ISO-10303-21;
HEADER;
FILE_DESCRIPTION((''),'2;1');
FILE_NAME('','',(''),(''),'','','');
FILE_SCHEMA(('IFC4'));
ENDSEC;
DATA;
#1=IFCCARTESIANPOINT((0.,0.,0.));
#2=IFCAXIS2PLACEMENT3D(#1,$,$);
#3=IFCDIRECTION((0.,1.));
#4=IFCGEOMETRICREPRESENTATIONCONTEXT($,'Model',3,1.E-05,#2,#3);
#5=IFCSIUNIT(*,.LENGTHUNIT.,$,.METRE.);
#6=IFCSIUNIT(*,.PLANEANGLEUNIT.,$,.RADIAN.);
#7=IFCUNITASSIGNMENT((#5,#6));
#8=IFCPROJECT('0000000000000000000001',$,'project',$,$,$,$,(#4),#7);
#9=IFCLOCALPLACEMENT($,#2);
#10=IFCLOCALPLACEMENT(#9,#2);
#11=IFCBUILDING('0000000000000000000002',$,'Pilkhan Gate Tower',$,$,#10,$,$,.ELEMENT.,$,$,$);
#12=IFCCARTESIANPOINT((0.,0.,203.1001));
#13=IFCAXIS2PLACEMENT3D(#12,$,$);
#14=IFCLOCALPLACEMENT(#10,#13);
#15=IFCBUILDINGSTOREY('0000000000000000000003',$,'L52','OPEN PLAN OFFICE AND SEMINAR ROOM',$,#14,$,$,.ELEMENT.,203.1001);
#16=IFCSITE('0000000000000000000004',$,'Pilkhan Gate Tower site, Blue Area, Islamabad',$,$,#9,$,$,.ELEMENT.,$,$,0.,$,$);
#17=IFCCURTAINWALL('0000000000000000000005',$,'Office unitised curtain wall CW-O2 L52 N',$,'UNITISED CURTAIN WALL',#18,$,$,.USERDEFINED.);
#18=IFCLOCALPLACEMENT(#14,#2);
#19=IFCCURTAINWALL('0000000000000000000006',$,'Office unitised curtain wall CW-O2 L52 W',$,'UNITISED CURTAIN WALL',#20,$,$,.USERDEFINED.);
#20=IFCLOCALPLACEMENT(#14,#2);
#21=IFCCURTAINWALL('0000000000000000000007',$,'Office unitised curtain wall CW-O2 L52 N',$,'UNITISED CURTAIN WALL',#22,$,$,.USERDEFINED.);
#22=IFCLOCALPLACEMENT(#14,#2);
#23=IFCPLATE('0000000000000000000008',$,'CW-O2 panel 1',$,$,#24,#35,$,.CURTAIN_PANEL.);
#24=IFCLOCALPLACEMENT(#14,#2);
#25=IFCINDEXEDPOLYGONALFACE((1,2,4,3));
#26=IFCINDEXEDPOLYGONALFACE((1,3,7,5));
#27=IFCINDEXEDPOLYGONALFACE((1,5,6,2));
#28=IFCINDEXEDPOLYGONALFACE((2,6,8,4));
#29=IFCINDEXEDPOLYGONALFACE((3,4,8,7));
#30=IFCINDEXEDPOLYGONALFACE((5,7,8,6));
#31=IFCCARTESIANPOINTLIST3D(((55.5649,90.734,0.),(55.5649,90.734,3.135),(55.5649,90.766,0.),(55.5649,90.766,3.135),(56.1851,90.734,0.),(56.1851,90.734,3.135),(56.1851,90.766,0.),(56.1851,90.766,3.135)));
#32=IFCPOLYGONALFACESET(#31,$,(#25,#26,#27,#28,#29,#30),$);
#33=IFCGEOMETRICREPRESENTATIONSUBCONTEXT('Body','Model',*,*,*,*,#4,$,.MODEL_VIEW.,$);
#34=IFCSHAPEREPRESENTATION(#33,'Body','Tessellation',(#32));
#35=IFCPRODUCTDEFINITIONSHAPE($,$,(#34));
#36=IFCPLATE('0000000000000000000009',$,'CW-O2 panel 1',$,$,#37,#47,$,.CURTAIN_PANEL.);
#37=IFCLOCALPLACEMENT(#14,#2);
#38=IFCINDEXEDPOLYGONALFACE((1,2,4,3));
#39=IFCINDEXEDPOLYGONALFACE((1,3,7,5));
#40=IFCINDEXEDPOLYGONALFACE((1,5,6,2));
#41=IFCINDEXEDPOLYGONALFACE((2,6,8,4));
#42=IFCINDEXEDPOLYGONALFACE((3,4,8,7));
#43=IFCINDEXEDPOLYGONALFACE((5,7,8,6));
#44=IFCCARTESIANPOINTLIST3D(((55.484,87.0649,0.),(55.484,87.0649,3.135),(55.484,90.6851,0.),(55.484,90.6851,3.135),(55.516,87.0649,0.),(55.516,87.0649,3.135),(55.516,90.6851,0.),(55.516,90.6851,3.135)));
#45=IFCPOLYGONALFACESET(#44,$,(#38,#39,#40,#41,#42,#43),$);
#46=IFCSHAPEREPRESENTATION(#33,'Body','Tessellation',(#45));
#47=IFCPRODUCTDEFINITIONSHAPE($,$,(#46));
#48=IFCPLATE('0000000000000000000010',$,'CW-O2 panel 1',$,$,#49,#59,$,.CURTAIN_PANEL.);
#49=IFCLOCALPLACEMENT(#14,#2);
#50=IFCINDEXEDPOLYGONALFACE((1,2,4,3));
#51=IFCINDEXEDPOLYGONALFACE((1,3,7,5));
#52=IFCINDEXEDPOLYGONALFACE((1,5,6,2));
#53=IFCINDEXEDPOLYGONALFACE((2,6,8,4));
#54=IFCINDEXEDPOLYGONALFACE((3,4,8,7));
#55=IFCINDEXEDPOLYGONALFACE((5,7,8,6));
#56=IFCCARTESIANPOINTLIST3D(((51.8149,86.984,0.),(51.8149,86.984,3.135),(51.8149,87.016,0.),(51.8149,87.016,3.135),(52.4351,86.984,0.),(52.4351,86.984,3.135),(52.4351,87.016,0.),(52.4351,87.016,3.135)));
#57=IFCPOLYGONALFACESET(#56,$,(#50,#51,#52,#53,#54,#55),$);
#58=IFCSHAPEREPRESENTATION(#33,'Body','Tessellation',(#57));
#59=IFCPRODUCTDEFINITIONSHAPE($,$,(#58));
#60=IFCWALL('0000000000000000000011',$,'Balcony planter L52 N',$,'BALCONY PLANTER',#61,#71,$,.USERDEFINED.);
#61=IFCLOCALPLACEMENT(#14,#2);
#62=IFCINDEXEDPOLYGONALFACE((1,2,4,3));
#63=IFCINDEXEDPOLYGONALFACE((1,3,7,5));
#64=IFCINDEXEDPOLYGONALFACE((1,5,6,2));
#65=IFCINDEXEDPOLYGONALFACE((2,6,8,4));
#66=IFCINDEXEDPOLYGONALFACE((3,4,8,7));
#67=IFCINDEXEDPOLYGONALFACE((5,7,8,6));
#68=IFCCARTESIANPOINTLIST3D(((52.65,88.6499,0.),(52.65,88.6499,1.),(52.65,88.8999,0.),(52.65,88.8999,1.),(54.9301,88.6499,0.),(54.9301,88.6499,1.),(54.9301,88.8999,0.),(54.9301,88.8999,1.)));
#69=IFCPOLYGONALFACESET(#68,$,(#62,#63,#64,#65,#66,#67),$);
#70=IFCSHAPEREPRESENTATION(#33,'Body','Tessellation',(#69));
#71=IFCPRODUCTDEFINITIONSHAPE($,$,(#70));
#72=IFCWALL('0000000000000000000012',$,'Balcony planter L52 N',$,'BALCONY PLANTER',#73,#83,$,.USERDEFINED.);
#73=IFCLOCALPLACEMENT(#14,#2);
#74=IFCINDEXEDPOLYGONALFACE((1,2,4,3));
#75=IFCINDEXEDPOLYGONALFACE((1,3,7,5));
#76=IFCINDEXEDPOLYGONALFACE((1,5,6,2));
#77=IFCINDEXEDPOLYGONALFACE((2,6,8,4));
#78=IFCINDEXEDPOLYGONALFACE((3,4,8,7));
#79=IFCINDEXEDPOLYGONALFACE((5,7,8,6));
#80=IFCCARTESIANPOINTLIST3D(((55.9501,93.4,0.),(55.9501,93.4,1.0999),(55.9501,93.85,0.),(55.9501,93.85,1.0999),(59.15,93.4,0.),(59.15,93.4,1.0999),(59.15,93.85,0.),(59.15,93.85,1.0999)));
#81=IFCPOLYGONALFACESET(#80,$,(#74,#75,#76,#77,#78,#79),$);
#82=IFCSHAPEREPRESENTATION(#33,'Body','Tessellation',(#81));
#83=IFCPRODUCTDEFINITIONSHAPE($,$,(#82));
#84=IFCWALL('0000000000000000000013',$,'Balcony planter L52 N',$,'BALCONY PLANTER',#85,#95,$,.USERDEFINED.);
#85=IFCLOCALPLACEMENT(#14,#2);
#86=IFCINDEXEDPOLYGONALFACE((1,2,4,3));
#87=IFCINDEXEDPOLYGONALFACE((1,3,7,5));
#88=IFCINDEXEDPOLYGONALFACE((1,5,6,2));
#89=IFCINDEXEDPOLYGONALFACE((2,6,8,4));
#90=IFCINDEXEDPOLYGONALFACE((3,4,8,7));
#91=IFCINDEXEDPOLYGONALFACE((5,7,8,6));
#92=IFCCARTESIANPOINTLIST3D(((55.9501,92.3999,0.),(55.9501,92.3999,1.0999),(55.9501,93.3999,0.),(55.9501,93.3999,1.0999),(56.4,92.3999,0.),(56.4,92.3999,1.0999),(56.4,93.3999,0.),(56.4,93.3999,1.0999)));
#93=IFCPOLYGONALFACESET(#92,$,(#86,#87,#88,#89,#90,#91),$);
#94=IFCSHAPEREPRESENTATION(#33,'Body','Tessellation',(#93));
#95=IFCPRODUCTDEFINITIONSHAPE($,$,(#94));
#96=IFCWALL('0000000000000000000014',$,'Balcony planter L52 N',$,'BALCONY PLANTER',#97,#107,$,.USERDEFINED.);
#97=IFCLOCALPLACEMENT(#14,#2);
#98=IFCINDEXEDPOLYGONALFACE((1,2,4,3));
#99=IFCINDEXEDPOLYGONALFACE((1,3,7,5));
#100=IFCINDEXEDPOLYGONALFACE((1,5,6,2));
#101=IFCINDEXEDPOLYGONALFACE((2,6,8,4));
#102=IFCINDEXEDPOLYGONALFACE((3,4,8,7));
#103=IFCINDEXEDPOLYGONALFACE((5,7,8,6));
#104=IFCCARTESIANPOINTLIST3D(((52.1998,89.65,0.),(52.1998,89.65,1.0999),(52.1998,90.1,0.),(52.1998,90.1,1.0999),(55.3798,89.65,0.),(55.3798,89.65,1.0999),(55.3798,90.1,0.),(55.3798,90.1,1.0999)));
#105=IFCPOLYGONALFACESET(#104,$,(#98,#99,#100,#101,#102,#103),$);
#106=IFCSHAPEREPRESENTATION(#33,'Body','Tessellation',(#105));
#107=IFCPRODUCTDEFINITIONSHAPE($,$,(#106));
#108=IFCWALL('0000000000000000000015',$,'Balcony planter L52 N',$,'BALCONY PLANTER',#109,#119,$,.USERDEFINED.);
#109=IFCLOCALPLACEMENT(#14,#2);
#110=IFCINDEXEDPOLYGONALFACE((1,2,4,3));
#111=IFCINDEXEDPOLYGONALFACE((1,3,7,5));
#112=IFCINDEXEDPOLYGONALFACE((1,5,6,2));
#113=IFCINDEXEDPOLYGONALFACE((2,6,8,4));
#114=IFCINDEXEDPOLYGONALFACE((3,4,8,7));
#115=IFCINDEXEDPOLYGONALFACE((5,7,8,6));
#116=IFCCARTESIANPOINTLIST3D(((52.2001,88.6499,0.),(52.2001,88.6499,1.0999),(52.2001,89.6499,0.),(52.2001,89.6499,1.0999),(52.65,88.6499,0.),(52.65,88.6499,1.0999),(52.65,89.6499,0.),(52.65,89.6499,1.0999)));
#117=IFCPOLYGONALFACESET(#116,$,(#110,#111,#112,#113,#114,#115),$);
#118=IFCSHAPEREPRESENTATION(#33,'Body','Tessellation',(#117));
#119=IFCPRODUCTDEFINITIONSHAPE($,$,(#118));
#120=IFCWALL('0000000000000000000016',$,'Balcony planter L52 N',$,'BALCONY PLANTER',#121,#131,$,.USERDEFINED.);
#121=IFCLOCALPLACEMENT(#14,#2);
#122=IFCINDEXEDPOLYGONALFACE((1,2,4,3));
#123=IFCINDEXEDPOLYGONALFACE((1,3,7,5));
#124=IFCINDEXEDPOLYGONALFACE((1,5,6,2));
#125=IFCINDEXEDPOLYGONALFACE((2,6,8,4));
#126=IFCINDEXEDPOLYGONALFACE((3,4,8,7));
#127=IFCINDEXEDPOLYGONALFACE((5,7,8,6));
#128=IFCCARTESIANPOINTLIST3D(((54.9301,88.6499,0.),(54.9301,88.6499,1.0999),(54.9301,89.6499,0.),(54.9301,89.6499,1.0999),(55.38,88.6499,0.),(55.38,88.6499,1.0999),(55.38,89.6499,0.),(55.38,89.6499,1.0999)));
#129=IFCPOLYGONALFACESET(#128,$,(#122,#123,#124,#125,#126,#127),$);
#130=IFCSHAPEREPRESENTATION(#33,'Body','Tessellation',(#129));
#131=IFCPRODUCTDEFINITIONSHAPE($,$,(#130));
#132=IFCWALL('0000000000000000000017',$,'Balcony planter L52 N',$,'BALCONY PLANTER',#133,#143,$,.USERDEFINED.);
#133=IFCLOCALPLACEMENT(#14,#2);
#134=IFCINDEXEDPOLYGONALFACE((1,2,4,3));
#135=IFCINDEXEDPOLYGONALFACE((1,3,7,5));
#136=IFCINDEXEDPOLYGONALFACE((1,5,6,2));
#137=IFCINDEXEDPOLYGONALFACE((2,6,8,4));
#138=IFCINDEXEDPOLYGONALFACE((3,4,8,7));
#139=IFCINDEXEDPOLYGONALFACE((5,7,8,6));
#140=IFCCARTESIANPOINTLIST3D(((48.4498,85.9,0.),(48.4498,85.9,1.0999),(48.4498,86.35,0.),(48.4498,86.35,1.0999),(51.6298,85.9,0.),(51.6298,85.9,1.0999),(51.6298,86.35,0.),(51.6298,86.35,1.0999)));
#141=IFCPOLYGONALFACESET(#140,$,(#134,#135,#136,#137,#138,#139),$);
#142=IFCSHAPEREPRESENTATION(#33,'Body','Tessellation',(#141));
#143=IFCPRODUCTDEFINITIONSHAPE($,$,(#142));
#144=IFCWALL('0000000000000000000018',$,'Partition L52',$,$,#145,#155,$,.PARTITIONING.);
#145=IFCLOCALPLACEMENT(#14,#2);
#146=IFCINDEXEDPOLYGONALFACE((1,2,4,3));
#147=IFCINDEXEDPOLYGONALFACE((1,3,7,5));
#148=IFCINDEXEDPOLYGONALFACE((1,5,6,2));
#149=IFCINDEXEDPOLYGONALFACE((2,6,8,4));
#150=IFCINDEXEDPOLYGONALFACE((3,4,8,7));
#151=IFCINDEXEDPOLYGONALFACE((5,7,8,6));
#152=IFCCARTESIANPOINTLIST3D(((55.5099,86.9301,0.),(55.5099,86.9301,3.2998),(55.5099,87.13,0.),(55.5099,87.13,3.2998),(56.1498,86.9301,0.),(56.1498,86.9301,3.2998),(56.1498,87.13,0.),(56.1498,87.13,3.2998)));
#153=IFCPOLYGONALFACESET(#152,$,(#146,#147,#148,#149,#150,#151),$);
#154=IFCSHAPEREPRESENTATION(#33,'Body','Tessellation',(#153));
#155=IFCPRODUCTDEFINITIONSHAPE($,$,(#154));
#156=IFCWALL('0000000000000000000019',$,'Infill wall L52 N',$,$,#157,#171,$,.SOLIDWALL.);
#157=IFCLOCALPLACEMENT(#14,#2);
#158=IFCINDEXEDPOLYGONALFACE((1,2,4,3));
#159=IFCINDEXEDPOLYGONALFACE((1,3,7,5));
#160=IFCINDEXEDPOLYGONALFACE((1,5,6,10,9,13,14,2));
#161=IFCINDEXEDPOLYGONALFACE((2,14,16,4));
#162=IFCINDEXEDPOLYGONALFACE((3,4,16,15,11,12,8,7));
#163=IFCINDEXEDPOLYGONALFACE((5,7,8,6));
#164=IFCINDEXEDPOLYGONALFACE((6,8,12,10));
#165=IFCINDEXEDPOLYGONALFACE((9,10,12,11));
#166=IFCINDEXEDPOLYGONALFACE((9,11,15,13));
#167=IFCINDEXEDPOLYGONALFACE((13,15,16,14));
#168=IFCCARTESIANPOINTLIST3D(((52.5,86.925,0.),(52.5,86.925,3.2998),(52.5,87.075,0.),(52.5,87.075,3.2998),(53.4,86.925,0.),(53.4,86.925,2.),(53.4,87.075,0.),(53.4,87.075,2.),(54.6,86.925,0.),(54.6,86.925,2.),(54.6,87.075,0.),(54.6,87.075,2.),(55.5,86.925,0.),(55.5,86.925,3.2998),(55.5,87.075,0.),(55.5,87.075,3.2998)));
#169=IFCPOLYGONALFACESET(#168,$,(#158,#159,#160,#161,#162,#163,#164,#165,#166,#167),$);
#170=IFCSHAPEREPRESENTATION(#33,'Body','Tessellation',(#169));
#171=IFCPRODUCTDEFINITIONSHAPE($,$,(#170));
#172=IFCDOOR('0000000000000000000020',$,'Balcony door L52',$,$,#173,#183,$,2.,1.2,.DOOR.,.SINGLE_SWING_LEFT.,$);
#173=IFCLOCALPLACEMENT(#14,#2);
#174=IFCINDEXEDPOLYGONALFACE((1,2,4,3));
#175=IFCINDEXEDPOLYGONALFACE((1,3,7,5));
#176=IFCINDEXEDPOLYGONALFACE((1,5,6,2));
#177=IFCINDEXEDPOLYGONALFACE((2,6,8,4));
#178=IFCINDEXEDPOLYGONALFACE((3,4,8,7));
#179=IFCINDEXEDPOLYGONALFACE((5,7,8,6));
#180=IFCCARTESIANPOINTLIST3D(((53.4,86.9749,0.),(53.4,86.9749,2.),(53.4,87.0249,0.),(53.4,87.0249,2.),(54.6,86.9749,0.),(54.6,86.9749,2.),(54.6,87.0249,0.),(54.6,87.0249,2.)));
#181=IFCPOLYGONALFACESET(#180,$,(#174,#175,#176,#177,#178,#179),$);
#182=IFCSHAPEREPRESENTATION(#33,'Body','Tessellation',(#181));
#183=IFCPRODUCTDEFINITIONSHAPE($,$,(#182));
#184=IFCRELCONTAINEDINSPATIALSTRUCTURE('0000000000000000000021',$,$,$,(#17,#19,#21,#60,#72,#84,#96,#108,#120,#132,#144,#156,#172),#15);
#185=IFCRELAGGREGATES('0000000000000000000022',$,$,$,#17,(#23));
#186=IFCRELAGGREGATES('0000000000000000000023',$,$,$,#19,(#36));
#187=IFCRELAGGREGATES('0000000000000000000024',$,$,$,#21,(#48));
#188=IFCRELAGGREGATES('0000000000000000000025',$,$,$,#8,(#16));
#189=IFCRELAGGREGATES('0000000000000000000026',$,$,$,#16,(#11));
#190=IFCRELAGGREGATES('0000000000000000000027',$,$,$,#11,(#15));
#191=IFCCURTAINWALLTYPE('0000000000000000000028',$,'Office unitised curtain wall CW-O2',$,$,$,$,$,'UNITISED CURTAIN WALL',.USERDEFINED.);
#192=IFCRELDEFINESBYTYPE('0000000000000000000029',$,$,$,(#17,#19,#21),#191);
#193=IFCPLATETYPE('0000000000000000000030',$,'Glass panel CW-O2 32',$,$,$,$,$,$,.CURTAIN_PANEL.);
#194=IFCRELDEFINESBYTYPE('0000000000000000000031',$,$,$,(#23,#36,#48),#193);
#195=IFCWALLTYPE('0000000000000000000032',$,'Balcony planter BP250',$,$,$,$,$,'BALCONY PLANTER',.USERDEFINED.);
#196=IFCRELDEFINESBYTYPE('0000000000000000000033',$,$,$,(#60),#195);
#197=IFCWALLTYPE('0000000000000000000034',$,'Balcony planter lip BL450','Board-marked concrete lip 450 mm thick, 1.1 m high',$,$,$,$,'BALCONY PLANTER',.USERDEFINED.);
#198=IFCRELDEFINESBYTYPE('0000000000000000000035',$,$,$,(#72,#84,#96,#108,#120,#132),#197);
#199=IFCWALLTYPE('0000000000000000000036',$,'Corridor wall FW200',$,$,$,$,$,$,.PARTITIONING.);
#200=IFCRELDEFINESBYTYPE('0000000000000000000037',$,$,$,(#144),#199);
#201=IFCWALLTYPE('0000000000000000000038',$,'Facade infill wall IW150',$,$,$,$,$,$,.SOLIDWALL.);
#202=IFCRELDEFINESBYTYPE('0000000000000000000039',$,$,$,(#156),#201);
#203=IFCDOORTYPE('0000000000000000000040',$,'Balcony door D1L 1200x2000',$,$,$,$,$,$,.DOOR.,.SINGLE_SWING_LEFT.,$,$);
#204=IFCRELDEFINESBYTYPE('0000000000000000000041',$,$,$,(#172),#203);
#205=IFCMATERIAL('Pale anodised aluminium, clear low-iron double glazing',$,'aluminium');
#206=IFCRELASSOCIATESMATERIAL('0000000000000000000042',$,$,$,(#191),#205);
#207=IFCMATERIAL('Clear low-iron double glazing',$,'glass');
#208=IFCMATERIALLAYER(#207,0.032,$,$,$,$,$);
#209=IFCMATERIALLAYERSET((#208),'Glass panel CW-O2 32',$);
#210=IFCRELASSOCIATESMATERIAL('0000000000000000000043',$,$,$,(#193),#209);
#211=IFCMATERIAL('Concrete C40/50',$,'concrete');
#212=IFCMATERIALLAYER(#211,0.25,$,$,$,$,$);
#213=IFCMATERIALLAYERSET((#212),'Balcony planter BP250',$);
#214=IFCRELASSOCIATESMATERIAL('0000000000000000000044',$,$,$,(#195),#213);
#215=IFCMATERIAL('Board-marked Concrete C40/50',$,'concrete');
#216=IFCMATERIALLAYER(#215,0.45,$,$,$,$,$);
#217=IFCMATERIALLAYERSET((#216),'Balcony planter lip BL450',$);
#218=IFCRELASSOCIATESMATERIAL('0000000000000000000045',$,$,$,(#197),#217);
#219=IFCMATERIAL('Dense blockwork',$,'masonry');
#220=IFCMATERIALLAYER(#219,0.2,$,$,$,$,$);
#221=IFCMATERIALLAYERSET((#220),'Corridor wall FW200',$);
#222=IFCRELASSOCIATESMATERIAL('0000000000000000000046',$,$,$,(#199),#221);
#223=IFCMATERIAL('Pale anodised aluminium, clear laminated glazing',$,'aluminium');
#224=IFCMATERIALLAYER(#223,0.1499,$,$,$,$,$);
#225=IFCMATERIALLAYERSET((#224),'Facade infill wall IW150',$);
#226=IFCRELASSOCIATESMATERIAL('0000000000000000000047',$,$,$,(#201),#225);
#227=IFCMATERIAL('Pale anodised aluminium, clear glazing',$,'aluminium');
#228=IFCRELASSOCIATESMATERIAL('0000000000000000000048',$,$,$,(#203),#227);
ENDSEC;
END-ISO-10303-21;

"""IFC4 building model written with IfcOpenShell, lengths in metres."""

from ifc_helpers import new_model, si_unit, direction, frame, frame_2d, origin, origin_2d, place, context, subcontext, project, spatial, rectangle, extrude, material, layer, layer_set, type_object, element, fill, aggregate, save


model = new_model("IFC4")

# Units and contexts
model_context = context("Model", 3, precision=1e-05, world=origin(), true_north=direction((0.0, 1.0)))
body_context = subcontext(model_context, "Body", "Model", "MODEL_VIEW")
ifc_project = project(units=[si_unit("LENGTHUNIT", "METRE"), si_unit("PLANEANGLEUNIT", "RADIAN")], contexts=[model_context])

# Site, building, storey
site_placement = place(None, origin())
site = spatial("IfcSite", under=ifc_project, at=site_placement, Name="Pilkhan Gate Tower site, Blue Area, Islamabad", CompositionType="ELEMENT", RefElevation=0.0)
building_placement = place(site_placement, origin())
building = spatial("IfcBuilding", under=site, at=building_placement, Name="Pilkhan Gate Tower", CompositionType="ELEMENT")
storey_placement = place(building_placement, frame((0.0, 0.0, 203.1001)))
storey = spatial("IfcBuildingStorey", under=building, at=storey_placement, Name="L52", Description="OPEN PLAN OFFICE AND SEMINAR ROOM", CompositionType="ELEMENT", Elevation=203.1001)

# Curtain wall
ifc_material_1 = material(Name="Pale anodised aluminium, clear low-iron double glazing", Category="aluminium")
curtain_wall_type = type_object("IfcCurtainWallType", Name="Office unitised curtain wall CW-O2", ElementType="UNITISED CURTAIN WALL", PredefinedType="USERDEFINED", material=ifc_material_1)
curtain_wall_1_placement = place(storey_placement, origin())
curtain_wall_1 = element("IfcCurtainWall", 1, at=curtain_wall_1_placement, inside=storey, type_object=curtain_wall_type, Name="Office unitised curtain wall CW-O2 L52 N", ObjectType="UNITISED CURTAIN WALL", PredefinedType="USERDEFINED")

# Curtain walls
curtain_wall_2_placement = place(storey_placement, origin())
curtain_wall_2 = element("IfcCurtainWall", 2, at=curtain_wall_2_placement, inside=storey, type_object=curtain_wall_type, Name="Office unitised curtain wall CW-O2 L52 W", ObjectType="UNITISED CURTAIN WALL", PredefinedType="USERDEFINED")
curtain_wall_3_placement = place(storey_placement, origin())
curtain_wall_3 = element("IfcCurtainWall", 3, at=curtain_wall_3_placement, inside=storey, type_object=curtain_wall_type, Name="Office unitised curtain wall CW-O2 L52 N", ObjectType="UNITISED CURTAIN WALL", PredefinedType="USERDEFINED")

# Plates
ifc_material_2 = material(Name="Clear low-iron double glazing", Category="glass")
ifc_layer_1 = layer(ifc_material_2, 0.032)
ifc_layer_set_1 = layer_set([ifc_layer_1], Name="Glass panel CW-O2 32")
plate_type = type_object("IfcPlateType", Name="Glass panel CW-O2 32", PredefinedType="CURTAIN_PANEL", material=ifc_layer_set_1)
plate_1_placement = place(storey_placement, frame((55.875, 90.75, 0.0), z_axis=(0.0, 0.0, 1.0), x_axis=(1.0, 0.0, 0.0)))
plate_1 = element("IfcPlate", 4, at=plate_1_placement, type_object=plate_type, Name="CW-O2 panel 1", PredefinedType="CURTAIN_PANEL", context=body_context, shape_type="SweptSolid", body=[
    extrude(rectangle(XDim=0.6201, YDim=0.032, at=origin_2d()), origin(), (0.0, 0.0, 1.0), 3.135),
])
aggregate(curtain_wall_1, [plate_1])
plate_2_placement = place(storey_placement, frame((55.5, 88.875, 0.0), z_axis=(0.0, 0.0, 1.0), x_axis=(0.0, 1.0, 0.0)))
plate_2 = element("IfcPlate", 5, at=plate_2_placement, type_object=plate_type, Name="CW-O2 panel 1", PredefinedType="CURTAIN_PANEL", context=body_context, shape_type="SweptSolid", body=[
    extrude(rectangle(XDim=3.6201, YDim=0.032, at=origin_2d()), origin(), (0.0, 0.0, 1.0), 3.135),
])
aggregate(curtain_wall_2, [plate_2])
plate_3_placement = place(storey_placement, frame((52.125, 87.0, 0.0), z_axis=(0.0, 0.0, 1.0), x_axis=(1.0, 0.0, 0.0)))
plate_3 = element("IfcPlate", 6, at=plate_3_placement, type_object=plate_type, Name="CW-O2 panel 1", PredefinedType="CURTAIN_PANEL", context=body_context, shape_type="SweptSolid", body=[
    extrude(rectangle(XDim=0.6201, YDim=0.032, at=origin_2d()), origin(), (0.0, 0.0, 1.0), 3.135),
])
aggregate(curtain_wall_3, [plate_3])

# Walls
ifc_material_3 = material(Name="Concrete C40/50", Category="concrete")
ifc_layer_2 = layer(ifc_material_3, 0.25)
ifc_layer_set_2 = layer_set([ifc_layer_2], Name="Balcony planter BP250")
wall_type_1 = type_object("IfcWallType", Name="Balcony planter BP250", ElementType="BALCONY PLANTER", PredefinedType="USERDEFINED", material=ifc_layer_set_2)
wall_1_placement = place(storey_placement, frame((52.6499, 88.7749, 0.0), z_axis=(0.0, 0.0, 1.0), x_axis=(1.0, 0.0, 0.0)))
element("IfcWall", 7, at=wall_1_placement, inside=storey, type_object=wall_type_1, Name="Balcony planter L52 N", ObjectType="BALCONY PLANTER", PredefinedType="USERDEFINED", context=body_context, shape_type="SweptSolid", body=[
    extrude(rectangle(XDim=2.28, YDim=0.25, at=frame_2d((1.1401, 0.0))), origin(), (0.0, 0.0, 1.0), 1.0),
])
ifc_material_4 = material(Name="Board-marked Concrete C40/50", Category="concrete")
ifc_layer_3 = layer(ifc_material_4, 0.45)
ifc_layer_set_3 = layer_set([ifc_layer_3], Name="Balcony planter lip BL450")
wall_type_2 = type_object("IfcWallType", Name="Balcony planter lip BL450", Description="Board-marked concrete lip 450 mm thick, 1.1 m high", ElementType="BALCONY PLANTER", PredefinedType="USERDEFINED", material=ifc_layer_set_3)
wall_2_placement = place(storey_placement, frame((55.95, 93.625, 0.0), z_axis=(0.0, 0.0, 1.0), x_axis=(1.0, 0.0, 0.0)))
element("IfcWall", 8, at=wall_2_placement, inside=storey, type_object=wall_type_2, Name="Balcony planter L52 N", ObjectType="BALCONY PLANTER", PredefinedType="USERDEFINED", context=body_context, shape_type="SweptSolid", body=[
    extrude(rectangle(XDim=3.2, YDim=0.45, at=frame_2d((1.6001, 0.0))), origin(), (0.0, 0.0, 1.0), 1.0999),
])
wall_3_placement = place(storey_placement, frame((56.175, 92.3999, 0.0), z_axis=(0.0, 0.0, 1.0), x_axis=(0.0, 1.0, 0.0)))
element("IfcWall", 9, at=wall_3_placement, inside=storey, type_object=wall_type_2, Name="Balcony planter L52 N", ObjectType="BALCONY PLANTER", PredefinedType="USERDEFINED", context=body_context, shape_type="SweptSolid", body=[
    extrude(rectangle(XDim=1.0, YDim=0.45, at=frame_2d((0.5, 0.0))), origin(), (0.0, 0.0, 1.0), 1.0999),
])
wall_4_placement = place(storey_placement, frame((52.2, 89.875, 0.0), z_axis=(0.0, 0.0, 1.0), x_axis=(1.0, 0.0, 0.0)))
element("IfcWall", 10, at=wall_4_placement, inside=storey, type_object=wall_type_2, Name="Balcony planter L52 N", ObjectType="BALCONY PLANTER", PredefinedType="USERDEFINED", context=body_context, shape_type="SweptSolid", body=[
    extrude(rectangle(XDim=3.1799, YDim=0.45, at=frame_2d((1.5898, 0.0))), origin(), (0.0, 0.0, 1.0), 1.0999),
])
for number, where, z_axis, x_axis, name in (
    (11, (52.425, 88.6499, 0.0), (0.0, 0.0, 1.0), (0.0, 1.0, 0.0), "Balcony planter L52 N"),
    (12, (55.155, 88.6499, 0.0), (0.0, 0.0, 1.0), (0.0, 1.0, 0.0), "Balcony planter L52 N"),
):
    element("IfcWall", number, at=place(storey_placement, frame(where, z_axis=z_axis, x_axis=x_axis)), inside=storey, type_object=wall_type_2, Name=name, ObjectType="BALCONY PLANTER", PredefinedType="USERDEFINED", context=body_context, shape_type="SweptSolid", body=[
        extrude(rectangle(XDim=1.0, YDim=0.45, at=frame_2d((0.5, 0.0))), origin(), (0.0, 0.0, 1.0), 1.0999),
    ])
wall_5_placement = place(storey_placement, frame((48.45, 86.125, 0.0), z_axis=(0.0, 0.0, 1.0), x_axis=(1.0, 0.0, 0.0)))
element("IfcWall", 13, at=wall_5_placement, inside=storey, type_object=wall_type_2, Name="Balcony planter L52 N", ObjectType="BALCONY PLANTER", PredefinedType="USERDEFINED", context=body_context, shape_type="SweptSolid", body=[
    extrude(rectangle(XDim=3.1799, YDim=0.45, at=frame_2d((1.5898, 0.0))), origin(), (0.0, 0.0, 1.0), 1.0999),
])
ifc_material_5 = material(Name="Dense blockwork", Category="masonry")
ifc_layer_4 = layer(ifc_material_5, 0.2)
ifc_layer_set_4 = layer_set([ifc_layer_4], Name="Corridor wall FW200")
wall_type_3 = type_object("IfcWallType", Name="Corridor wall FW200", PredefinedType="PARTITIONING", material=ifc_layer_set_4)
wall_6_placement = place(storey_placement, frame((55.51, 87.03, 0.0), z_axis=(0.0, 0.0, 1.0), x_axis=(1.0, 0.0, 0.0)))
element("IfcWall", 14, at=wall_6_placement, inside=storey, type_object=wall_type_3, Name="Partition L52", PredefinedType="PARTITIONING", context=body_context, shape_type="SweptSolid", body=[
    extrude(rectangle(XDim=0.6399, YDim=0.2, at=frame_2d((0.3198, 0.0))), origin(), (0.0, 0.0, 1.0), 3.2998),
])

# Wall, opening, door
ifc_material_6 = material(Name="Pale anodised aluminium, clear laminated glazing", Category="aluminium")
ifc_layer_5 = layer(ifc_material_6, 0.1499)
ifc_layer_set_5 = layer_set([ifc_layer_5], Name="Facade infill wall IW150")
wall_type_4 = type_object("IfcWallType", Name="Facade infill wall IW150", PredefinedType="SOLIDWALL", material=ifc_layer_set_5)
wall_7_placement = place(storey_placement, frame((52.5, 87.0, 0.0), z_axis=(0.0, 0.0, 1.0), x_axis=(1.0, 0.0, 0.0)))
wall_7 = element("IfcWall", 15, at=wall_7_placement, inside=storey, type_object=wall_type_4, Name="Infill wall L52 N", PredefinedType="SOLIDWALL", context=body_context, shape_type="SweptSolid", body=[
    extrude(rectangle(XDim=3.0, YDim=0.1499, at=frame_2d((1.5, 0.0))), origin(), (0.0, 0.0, 1.0), 3.2998),
])
opening_placement = place(wall_7_placement, frame((0.8999, 0.0, 0.0)))
opening = element("IfcOpeningElement", 16, at=opening_placement, cuts=wall_7, PredefinedType="OPENING", context=body_context, shape_type="SweptSolid", body=[
    extrude(rectangle(XDim=1.2, YDim=2.0, at=frame_2d((0.6001, 1.0))), frame((0.0, 0.085, 0.0), z_axis=(0.0, -1.0, 0.0), x_axis=(1.0, 0.0, 0.0)), (0.0, 0.0, 1.0), 0.1699),
])
ifc_material_7 = material(Name="Pale anodised aluminium, clear glazing", Category="aluminium")
door_type = type_object("IfcDoorType", Name="Balcony door D1L 1200x2000", OperationType="SINGLE_SWING_LEFT", PredefinedType="DOOR", material=ifc_material_7)
door_placement = place(opening_placement, origin())
door = element("IfcDoor", 17, at=door_placement, inside=storey, type_object=door_type, Name="Balcony door L52", OperationType="SINGLE_SWING_LEFT", OverallHeight=2.0, OverallWidth=1.2, PredefinedType="DOOR", context=body_context, shape_type="SweptSolid", body=[
    extrude(rectangle(XDim=1.2, YDim=2.0, at=frame_2d((0.6001, 1.0))), frame((0.0, 0.0249, 0.0), z_axis=(0.0, -1.0, 0.0), x_axis=(1.0, 0.0, 0.0)), (0.0, 0.0, 1.0), 0.05),
])
fill(opening, door)

save(model, "model.ifc")
